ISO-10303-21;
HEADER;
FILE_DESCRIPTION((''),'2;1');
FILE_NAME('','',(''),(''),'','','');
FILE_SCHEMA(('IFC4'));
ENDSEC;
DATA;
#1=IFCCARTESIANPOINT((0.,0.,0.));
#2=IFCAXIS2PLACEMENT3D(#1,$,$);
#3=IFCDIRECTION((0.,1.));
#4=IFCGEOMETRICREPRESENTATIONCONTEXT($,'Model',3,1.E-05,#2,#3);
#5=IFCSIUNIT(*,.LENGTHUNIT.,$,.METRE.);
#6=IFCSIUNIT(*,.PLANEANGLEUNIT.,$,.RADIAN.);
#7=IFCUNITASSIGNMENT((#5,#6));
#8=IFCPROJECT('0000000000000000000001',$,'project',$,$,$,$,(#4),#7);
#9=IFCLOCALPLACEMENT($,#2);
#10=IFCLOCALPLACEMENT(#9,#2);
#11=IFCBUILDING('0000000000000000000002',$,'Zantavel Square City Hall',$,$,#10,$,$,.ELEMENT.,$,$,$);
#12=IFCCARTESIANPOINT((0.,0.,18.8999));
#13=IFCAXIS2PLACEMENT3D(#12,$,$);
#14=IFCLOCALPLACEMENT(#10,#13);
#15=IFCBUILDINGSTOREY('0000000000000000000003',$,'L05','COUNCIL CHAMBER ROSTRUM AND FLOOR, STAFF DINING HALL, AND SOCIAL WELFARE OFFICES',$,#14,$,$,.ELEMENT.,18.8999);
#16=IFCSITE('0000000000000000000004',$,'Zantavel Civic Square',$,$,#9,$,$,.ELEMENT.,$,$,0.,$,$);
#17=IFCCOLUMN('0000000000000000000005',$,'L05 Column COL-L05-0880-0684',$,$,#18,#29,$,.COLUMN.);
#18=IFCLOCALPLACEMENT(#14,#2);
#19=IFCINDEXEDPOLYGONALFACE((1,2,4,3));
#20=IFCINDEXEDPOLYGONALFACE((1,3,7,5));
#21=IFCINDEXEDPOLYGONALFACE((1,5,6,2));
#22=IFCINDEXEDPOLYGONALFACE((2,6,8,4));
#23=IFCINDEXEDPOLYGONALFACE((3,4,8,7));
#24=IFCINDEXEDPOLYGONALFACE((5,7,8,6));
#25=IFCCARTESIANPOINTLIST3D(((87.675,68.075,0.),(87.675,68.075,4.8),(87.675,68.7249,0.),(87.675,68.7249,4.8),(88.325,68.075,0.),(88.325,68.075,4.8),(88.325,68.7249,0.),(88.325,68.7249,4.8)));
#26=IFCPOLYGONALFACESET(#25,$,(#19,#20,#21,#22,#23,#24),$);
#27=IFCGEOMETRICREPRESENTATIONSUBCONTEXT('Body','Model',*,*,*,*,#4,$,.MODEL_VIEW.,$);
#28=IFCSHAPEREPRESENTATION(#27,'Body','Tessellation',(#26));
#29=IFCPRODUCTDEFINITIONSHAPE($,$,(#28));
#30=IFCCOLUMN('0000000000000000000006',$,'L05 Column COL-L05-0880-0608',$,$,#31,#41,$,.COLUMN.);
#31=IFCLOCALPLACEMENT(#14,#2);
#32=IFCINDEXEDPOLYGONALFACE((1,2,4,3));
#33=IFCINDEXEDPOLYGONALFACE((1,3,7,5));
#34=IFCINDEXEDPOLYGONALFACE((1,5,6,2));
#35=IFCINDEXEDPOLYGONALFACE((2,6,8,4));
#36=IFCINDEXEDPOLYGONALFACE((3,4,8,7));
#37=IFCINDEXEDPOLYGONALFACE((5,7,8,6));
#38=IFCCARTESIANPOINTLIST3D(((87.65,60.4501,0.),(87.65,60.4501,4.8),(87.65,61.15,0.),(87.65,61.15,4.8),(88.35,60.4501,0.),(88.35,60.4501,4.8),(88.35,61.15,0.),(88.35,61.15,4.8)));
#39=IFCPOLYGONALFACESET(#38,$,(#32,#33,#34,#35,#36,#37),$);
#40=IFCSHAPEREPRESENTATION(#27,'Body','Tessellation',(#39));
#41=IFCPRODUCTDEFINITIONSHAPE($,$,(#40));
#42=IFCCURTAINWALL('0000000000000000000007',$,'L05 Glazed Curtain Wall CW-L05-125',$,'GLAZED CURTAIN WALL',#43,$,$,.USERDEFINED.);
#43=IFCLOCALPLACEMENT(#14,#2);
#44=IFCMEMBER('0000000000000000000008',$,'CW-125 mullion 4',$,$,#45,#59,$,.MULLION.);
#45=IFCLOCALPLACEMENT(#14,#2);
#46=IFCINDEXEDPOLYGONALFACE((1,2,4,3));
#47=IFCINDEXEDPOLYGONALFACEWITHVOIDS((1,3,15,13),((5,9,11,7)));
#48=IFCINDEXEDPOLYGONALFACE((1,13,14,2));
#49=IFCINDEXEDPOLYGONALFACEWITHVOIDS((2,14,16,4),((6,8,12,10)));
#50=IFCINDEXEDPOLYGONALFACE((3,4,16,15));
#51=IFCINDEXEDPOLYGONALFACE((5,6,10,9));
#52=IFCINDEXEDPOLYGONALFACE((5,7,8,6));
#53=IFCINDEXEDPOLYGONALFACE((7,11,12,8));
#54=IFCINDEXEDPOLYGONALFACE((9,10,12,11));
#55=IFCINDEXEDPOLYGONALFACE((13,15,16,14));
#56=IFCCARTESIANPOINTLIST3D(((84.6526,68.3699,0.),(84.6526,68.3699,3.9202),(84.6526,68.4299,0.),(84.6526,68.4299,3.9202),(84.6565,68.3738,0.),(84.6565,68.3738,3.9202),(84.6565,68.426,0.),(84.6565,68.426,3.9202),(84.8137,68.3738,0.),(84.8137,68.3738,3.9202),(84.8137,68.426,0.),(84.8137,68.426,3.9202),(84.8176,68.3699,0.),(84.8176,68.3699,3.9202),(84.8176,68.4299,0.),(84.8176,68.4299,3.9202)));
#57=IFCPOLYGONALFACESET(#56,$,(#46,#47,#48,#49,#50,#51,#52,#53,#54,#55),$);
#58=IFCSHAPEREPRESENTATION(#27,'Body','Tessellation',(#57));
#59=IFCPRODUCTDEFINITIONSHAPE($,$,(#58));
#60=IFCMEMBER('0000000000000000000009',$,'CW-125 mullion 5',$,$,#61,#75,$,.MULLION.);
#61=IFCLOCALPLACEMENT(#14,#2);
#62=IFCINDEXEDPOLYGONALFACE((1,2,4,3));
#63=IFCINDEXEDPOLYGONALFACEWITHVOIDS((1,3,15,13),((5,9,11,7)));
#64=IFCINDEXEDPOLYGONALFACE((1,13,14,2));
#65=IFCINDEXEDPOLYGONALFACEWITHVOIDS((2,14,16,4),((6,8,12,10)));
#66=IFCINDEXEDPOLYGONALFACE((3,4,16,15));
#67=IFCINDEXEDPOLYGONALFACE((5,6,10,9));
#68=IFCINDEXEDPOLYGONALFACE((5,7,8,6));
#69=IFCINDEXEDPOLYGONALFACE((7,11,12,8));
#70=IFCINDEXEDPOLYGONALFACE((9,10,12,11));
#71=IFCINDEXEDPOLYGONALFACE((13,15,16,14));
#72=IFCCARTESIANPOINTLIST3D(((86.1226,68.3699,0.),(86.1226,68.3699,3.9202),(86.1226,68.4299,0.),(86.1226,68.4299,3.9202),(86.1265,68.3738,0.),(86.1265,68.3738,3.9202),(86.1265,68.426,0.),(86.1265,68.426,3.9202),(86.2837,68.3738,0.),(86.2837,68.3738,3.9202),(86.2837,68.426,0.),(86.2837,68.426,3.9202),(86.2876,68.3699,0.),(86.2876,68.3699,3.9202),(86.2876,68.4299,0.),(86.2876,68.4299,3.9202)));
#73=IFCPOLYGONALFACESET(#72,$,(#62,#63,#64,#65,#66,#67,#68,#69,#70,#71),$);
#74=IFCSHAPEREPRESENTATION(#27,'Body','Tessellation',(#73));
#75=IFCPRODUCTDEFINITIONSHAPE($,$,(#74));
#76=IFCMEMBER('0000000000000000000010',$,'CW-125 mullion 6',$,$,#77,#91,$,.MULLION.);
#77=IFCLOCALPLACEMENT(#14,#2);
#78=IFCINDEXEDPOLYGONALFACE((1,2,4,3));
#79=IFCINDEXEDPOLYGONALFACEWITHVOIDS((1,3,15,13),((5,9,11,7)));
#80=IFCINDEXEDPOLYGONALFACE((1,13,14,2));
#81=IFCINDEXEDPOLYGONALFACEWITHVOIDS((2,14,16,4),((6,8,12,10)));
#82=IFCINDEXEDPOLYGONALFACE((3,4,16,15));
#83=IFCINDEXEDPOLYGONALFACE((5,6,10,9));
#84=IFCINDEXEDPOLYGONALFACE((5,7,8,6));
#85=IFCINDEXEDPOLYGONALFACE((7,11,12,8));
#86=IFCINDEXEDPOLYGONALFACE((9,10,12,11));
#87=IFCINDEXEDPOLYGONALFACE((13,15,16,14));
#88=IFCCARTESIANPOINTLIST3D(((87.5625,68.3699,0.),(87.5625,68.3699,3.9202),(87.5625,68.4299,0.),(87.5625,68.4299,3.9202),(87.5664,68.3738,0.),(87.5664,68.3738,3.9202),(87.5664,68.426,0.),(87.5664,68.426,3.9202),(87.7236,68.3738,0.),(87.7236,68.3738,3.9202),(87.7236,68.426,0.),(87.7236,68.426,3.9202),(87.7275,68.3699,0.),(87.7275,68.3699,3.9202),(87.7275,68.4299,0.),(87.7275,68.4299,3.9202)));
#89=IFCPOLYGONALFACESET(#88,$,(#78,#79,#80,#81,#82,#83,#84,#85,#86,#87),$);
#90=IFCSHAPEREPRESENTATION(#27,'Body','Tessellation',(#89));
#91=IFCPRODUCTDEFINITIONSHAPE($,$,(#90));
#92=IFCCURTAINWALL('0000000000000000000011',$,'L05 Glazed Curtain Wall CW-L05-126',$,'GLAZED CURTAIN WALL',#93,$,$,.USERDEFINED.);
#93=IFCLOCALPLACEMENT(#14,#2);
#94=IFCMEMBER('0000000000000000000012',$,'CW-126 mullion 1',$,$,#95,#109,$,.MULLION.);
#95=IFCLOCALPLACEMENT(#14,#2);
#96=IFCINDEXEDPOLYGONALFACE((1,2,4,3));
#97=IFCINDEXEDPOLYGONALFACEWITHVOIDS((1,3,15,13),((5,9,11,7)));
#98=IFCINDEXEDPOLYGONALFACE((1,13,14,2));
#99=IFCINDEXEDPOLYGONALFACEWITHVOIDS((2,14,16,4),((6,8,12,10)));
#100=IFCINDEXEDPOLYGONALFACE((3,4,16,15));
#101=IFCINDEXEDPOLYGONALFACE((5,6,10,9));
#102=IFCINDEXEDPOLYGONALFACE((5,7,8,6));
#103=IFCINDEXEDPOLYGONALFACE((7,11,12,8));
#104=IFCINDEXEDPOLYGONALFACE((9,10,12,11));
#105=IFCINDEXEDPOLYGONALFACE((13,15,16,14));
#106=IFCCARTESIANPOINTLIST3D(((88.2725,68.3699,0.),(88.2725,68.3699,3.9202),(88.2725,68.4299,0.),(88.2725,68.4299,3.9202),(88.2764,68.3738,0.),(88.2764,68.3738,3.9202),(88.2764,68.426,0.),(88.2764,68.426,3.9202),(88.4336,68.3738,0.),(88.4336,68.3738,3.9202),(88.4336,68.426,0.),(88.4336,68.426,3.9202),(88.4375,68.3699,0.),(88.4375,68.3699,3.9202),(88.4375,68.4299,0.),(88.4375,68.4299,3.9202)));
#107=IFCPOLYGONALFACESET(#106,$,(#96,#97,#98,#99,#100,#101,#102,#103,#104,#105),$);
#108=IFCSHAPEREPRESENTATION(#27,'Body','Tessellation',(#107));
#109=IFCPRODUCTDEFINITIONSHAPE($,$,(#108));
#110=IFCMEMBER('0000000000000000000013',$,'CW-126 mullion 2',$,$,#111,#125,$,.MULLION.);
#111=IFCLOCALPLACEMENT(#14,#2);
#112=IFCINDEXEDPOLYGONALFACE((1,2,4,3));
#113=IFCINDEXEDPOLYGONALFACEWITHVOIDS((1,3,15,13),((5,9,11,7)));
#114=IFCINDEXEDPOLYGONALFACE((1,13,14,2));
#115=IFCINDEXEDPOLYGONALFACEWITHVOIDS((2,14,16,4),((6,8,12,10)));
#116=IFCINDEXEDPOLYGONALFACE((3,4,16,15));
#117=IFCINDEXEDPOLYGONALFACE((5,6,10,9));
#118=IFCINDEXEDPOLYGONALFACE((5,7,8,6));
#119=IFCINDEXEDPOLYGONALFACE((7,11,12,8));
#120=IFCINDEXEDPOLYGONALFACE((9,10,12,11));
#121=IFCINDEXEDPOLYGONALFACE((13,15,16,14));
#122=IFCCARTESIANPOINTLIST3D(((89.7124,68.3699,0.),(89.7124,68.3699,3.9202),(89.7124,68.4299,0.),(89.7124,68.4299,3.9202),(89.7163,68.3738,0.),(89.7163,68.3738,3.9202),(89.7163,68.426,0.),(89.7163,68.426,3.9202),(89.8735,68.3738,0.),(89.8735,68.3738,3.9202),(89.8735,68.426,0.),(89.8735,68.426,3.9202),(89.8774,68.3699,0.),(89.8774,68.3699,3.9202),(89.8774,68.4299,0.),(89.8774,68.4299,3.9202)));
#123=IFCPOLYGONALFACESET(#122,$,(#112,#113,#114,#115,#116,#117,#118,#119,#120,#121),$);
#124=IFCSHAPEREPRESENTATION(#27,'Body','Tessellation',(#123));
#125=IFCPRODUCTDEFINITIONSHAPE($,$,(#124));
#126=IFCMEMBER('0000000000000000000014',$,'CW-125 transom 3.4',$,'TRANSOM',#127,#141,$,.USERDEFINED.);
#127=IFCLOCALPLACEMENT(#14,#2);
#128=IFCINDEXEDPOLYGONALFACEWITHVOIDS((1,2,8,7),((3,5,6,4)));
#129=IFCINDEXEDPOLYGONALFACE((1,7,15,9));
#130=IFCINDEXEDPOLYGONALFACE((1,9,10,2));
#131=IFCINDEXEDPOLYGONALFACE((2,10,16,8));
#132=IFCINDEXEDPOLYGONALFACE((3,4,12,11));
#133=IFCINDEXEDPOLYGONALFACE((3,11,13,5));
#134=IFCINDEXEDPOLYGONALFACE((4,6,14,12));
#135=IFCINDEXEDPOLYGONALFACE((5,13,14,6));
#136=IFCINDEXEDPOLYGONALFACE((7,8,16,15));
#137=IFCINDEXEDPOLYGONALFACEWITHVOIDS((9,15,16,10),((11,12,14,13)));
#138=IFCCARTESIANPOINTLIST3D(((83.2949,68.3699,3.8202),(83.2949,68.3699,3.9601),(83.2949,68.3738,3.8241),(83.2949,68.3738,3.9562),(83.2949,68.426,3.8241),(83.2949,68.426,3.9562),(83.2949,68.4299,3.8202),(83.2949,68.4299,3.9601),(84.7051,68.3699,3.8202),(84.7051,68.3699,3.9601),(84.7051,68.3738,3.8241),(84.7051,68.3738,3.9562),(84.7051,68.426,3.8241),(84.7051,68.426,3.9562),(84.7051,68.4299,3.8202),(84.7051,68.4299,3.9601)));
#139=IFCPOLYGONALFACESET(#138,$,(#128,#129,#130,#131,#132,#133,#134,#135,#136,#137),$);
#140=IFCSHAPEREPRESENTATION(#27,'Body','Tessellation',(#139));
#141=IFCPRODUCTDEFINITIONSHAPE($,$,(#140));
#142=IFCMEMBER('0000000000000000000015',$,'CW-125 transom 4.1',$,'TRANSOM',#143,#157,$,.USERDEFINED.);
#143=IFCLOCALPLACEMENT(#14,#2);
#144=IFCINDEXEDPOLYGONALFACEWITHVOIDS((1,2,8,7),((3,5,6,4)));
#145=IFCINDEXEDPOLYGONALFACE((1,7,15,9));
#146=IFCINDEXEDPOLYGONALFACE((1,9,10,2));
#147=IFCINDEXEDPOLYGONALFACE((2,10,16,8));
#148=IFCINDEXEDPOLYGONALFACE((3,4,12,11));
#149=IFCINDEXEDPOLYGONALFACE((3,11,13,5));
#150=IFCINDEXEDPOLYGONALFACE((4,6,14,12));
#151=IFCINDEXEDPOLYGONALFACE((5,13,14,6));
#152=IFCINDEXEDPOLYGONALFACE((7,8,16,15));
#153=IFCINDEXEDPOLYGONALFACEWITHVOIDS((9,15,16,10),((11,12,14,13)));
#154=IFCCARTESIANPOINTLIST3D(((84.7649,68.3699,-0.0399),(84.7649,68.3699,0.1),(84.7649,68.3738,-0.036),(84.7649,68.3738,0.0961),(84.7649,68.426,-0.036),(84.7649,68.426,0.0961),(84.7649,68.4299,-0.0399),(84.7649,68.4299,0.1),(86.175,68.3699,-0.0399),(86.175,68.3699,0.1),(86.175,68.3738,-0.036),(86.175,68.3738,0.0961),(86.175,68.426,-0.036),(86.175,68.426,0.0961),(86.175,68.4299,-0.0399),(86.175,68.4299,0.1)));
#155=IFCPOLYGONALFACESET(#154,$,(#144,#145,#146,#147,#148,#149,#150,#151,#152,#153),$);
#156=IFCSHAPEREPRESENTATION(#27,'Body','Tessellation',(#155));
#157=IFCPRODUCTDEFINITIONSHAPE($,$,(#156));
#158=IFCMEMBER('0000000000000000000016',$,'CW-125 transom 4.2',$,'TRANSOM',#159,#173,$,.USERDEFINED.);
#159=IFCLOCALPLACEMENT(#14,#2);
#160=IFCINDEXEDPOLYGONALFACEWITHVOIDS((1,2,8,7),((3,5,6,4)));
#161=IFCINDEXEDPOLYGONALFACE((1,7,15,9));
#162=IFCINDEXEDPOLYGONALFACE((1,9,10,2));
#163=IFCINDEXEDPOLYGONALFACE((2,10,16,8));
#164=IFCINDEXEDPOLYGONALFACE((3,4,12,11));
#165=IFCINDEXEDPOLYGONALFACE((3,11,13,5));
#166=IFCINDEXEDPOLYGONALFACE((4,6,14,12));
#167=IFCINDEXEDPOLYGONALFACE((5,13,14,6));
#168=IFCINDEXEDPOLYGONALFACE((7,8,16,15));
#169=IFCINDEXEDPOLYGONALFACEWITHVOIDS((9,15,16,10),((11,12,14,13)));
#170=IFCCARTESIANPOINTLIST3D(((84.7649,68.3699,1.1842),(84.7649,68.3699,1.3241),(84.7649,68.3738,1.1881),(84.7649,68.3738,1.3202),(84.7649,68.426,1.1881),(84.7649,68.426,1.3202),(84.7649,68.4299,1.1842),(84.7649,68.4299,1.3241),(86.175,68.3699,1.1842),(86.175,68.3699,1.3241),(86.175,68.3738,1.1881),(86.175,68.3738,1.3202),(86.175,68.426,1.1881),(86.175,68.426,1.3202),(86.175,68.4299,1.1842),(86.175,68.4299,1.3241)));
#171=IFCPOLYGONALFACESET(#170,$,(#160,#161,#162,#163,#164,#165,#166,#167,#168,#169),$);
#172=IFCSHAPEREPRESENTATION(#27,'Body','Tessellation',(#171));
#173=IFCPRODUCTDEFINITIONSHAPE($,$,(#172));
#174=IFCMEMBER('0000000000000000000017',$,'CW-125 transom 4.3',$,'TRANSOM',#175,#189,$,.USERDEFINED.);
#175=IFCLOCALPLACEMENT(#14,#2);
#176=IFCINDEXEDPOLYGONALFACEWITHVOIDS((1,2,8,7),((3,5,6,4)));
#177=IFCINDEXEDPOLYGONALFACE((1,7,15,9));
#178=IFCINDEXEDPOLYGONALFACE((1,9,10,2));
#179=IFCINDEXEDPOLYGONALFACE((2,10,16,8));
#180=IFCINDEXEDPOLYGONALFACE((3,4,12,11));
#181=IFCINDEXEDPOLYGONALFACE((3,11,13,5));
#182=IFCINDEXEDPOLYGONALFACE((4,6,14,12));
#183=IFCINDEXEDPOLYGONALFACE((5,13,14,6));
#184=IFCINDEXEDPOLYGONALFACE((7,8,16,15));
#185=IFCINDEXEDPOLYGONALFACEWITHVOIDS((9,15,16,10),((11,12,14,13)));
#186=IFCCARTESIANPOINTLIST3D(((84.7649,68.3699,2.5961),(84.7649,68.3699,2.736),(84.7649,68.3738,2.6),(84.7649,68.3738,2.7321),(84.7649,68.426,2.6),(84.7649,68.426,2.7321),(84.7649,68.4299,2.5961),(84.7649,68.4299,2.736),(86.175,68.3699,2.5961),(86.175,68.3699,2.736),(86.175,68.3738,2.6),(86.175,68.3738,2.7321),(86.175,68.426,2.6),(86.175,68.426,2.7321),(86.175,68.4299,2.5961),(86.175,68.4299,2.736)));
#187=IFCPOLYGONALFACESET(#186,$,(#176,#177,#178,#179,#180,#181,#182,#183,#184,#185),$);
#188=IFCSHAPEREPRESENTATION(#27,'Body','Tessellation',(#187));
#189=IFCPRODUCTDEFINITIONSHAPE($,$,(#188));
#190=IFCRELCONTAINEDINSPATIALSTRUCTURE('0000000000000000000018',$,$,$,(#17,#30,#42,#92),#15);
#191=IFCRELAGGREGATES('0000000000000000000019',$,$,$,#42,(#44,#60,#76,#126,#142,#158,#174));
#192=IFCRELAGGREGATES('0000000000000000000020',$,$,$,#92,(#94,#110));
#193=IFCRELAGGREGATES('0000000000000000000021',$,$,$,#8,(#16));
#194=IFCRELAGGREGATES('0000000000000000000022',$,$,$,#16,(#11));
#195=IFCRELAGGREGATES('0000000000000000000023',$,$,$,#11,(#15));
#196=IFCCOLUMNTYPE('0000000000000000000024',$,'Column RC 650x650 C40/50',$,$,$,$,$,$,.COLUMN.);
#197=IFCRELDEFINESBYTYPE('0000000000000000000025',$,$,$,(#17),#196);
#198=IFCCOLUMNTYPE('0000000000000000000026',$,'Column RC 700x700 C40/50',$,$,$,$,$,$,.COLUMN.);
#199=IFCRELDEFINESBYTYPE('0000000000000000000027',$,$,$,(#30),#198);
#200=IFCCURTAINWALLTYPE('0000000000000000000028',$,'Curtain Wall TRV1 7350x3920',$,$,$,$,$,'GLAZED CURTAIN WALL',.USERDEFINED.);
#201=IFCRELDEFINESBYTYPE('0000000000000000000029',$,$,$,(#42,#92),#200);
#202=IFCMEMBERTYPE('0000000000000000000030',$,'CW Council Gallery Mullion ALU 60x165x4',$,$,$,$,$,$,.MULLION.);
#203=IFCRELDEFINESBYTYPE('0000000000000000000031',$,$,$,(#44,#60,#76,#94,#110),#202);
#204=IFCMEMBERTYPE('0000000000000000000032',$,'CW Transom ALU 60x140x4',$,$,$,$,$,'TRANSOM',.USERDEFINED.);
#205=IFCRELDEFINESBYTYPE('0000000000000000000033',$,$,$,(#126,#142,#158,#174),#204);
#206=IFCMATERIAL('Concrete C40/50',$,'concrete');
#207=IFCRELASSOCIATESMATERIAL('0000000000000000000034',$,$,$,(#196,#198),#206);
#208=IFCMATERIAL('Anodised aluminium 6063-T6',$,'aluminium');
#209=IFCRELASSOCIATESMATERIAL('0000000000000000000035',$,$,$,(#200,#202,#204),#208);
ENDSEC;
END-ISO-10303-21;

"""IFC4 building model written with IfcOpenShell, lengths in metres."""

from ifc_helpers import new_model, si_unit, direction, frame, origin, origin_2d, place, context, subcontext, project, spatial, rectangle, hollow_rectangle, extrude, material, material_profile, profile_set, type_object, element, aggregate, save


model = new_model("IFC4")

# Units and contexts
model_context = context("Model", 3, precision=1e-05, world=origin(), true_north=direction((0.0, 1.0)))
body_context = subcontext(model_context, "Body", "Model", "MODEL_VIEW")
ifc_project = project(units=[si_unit("LENGTHUNIT", "METRE"), si_unit("PLANEANGLEUNIT", "RADIAN")], contexts=[model_context])

# Site, building, storey
site_placement = place(None, origin())
site = spatial("IfcSite", under=ifc_project, at=site_placement, Name="Zantavel Civic Square", CompositionType="ELEMENT", RefElevation=0.0)
building_placement = place(site_placement, origin())
building = spatial("IfcBuilding", under=site, at=building_placement, Name="Zantavel Square City Hall", CompositionType="ELEMENT")
storey_placement = place(building_placement, frame((0.0, 0.0, 18.8999)))
storey = spatial("IfcBuildingStorey", under=building, at=storey_placement, Name="L05", Description="COUNCIL CHAMBER ROSTRUM AND FLOOR, STAFF DINING HALL, AND SOCIAL WELFARE OFFICES", CompositionType="ELEMENT", Elevation=18.8999)

# Columns
ifc_material_1 = material(Name="Concrete C40/50", Category="concrete")
ifc_material_profile_1 = material_profile(ifc_material_1, rectangle(XDim=0.6499, YDim=0.6499, at=origin_2d()), Name="RC 650x650")
ifc_profile_set_1 = profile_set([ifc_material_profile_1], Name="Concrete C40/50")
column_type_1 = type_object("IfcColumnType", Name="Column RC 650x650 C40/50", PredefinedType="COLUMN", material=ifc_profile_set_1)
column_1_placement = place(storey_placement, frame((88.0, 68.3999, 0.0), z_axis=(0.0, 0.0, 1.0), x_axis=(1.0, 0.0, 0.0)))
element("IfcColumn", 1, at=column_1_placement, inside=storey, type_object=column_type_1, Name="L05 Column COL-L05-0880-0684", PredefinedType="COLUMN", context=body_context, shape_type="SweptSolid", body=[
    extrude(rectangle(XDim=0.6499, YDim=0.6499, at=origin_2d()), origin(), (0.0, 0.0, 1.0), 4.8),
])
ifc_material_profile_2 = material_profile(ifc_material_1, rectangle(XDim=0.7, YDim=0.7, at=origin_2d()), Name="RC 700x700")
ifc_profile_set_2 = profile_set([ifc_material_profile_2], Name="Concrete C40/50")
column_type_2 = type_object("IfcColumnType", Name="Column RC 700x700 C40/50", PredefinedType="COLUMN", material=ifc_profile_set_2)
column_2_placement = place(storey_placement, frame((88.0, 60.8, 0.0), z_axis=(0.0, 0.0, 1.0), x_axis=(1.0, 0.0, 0.0)))
element("IfcColumn", 2, at=column_2_placement, inside=storey, type_object=column_type_2, Name="L05 Column COL-L05-0880-0608", PredefinedType="COLUMN", context=body_context, shape_type="SweptSolid", body=[
    extrude(rectangle(XDim=0.7, YDim=0.7, at=origin_2d()), origin(), (0.0, 0.0, 1.0), 4.8),
])

# Curtain walls, members
ifc_material_2 = material(Name="Anodised aluminium 6063-T6", Category="aluminium")
curtain_wall_type = type_object("IfcCurtainWallType", Name="Curtain Wall TRV1 7350x3920", ElementType="GLAZED CURTAIN WALL", PredefinedType="USERDEFINED", material=ifc_material_2)
curtain_wall_1_placement = place(storey_placement, origin())
curtain_wall_1 = element("IfcCurtainWall", 3, at=curtain_wall_1_placement, inside=storey, type_object=curtain_wall_type, Name="L05 Glazed Curtain Wall CW-L05-125", ObjectType="GLAZED CURTAIN WALL", PredefinedType="USERDEFINED")
ifc_material_profile_3 = material_profile(ifc_material_2, hollow_rectangle(XDim=0.0601, YDim=0.165, WallThickness=0.0039, at=origin_2d()), Name="ALU 60x165x4")
ifc_profile_set_3 = profile_set([ifc_material_profile_3], Name="Anodised aluminium 6063-T6")
member_type_1 = type_object("IfcMemberType", Name="CW Council Gallery Mullion ALU 60x165x4", PredefinedType="MULLION", material=ifc_profile_set_3)
member_1_placement = place(storey_placement, frame((84.7351, 68.3999, 0.0), z_axis=(0.0, 0.0, 1.0), x_axis=(0.0, 1.0, 0.0)))
member_1 = element("IfcMember", 4, at=member_1_placement, type_object=member_type_1, Name="CW-125 mullion 4", PredefinedType="MULLION", context=body_context, shape_type="SweptSolid", body=[
    extrude(hollow_rectangle(XDim=0.0601, YDim=0.165, WallThickness=0.0039, at=origin_2d()), origin(), (0.0, 0.0, 1.0), 3.9202),
])
member_2_placement = place(storey_placement, frame((86.2051, 68.3999, 0.0), z_axis=(0.0, 0.0, 1.0), x_axis=(0.0, 1.0, 0.0)))
member_2 = element("IfcMember", 5, at=member_2_placement, type_object=member_type_1, Name="CW-125 mullion 5", PredefinedType="MULLION", context=body_context, shape_type="SweptSolid", body=[
    extrude(hollow_rectangle(XDim=0.0601, YDim=0.165, WallThickness=0.0039, at=origin_2d()), origin(), (0.0, 0.0, 1.0), 3.9202),
])
member_3_placement = place(storey_placement, frame((87.645, 68.3999, 0.0), z_axis=(0.0, 0.0, 1.0), x_axis=(0.0, 1.0, 0.0)))
member_3 = element("IfcMember", 6, at=member_3_placement, type_object=member_type_1, Name="CW-125 mullion 6", PredefinedType="MULLION", context=body_context, shape_type="SweptSolid", body=[
    extrude(hollow_rectangle(XDim=0.0601, YDim=0.165, WallThickness=0.0039, at=origin_2d()), origin(), (0.0, 0.0, 1.0), 3.9202),
])
curtain_wall_2_placement = place(storey_placement, origin())
curtain_wall_2 = element("IfcCurtainWall", 7, at=curtain_wall_2_placement, inside=storey, type_object=curtain_wall_type, Name="L05 Glazed Curtain Wall CW-L05-126", ObjectType="GLAZED CURTAIN WALL", PredefinedType="USERDEFINED")
member_4_placement = place(storey_placement, frame((88.355, 68.3999, 0.0), z_axis=(0.0, 0.0, 1.0), x_axis=(0.0, 1.0, 0.0)))
member_4 = element("IfcMember", 8, at=member_4_placement, type_object=member_type_1, Name="CW-126 mullion 1", PredefinedType="MULLION", context=body_context, shape_type="SweptSolid", body=[
    extrude(hollow_rectangle(XDim=0.0601, YDim=0.165, WallThickness=0.0039, at=origin_2d()), origin(), (0.0, 0.0, 1.0), 3.9202),
])
member_5_placement = place(storey_placement, frame((89.7949, 68.3999, 0.0), z_axis=(0.0, 0.0, 1.0), x_axis=(0.0, 1.0, 0.0)))
member_5 = element("IfcMember", 9, at=member_5_placement, type_object=member_type_1, Name="CW-126 mullion 2", PredefinedType="MULLION", context=body_context, shape_type="SweptSolid", body=[
    extrude(hollow_rectangle(XDim=0.0601, YDim=0.165, WallThickness=0.0039, at=origin_2d()), origin(), (0.0, 0.0, 1.0), 3.9202),
])

# Members
ifc_material_profile_4 = material_profile(ifc_material_2, hollow_rectangle(XDim=0.0601, YDim=0.1399, WallThickness=0.0039, at=origin_2d()), Name="ALU 60x140x4")
ifc_profile_set_4 = profile_set([ifc_material_profile_4], Name="Anodised aluminium 6063-T6")
member_type_2 = type_object("IfcMemberType", Name="CW Transom ALU 60x140x4", ElementType="TRANSOM", PredefinedType="USERDEFINED", material=ifc_profile_set_4)
member_6_placement = place(storey_placement, frame((83.2949, 68.3999, 3.8901), z_axis=(1.0, 0.0, 0.0), x_axis=(0.0, 1.0, 0.0)))
member_6 = element("IfcMember", 10, at=member_6_placement, type_object=member_type_2, Name="CW-125 transom 3.4", ObjectType="TRANSOM", PredefinedType="USERDEFINED", context=body_context, shape_type="SweptSolid", body=[
    extrude(hollow_rectangle(XDim=0.0601, YDim=0.1399, WallThickness=0.0039, at=origin_2d()), origin(), (0.0, 0.0, 1.0), 1.4102),
])
member_7_placement = place(storey_placement, frame((84.7649, 68.3999, 0.03), z_axis=(1.0, 0.0, 0.0), x_axis=(0.0, 1.0, 0.0)))
member_7 = element("IfcMember", 11, at=member_7_placement, type_object=member_type_2, Name="CW-125 transom 4.1", ObjectType="TRANSOM", PredefinedType="USERDEFINED", context=body_context, shape_type="SweptSolid", body=[
    extrude(hollow_rectangle(XDim=0.0601, YDim=0.1399, WallThickness=0.0039, at=origin_2d()), origin(), (0.0, 0.0, 1.0), 1.4102),
])
member_8_placement = place(storey_placement, frame((84.7649, 68.3999, 1.2542), z_axis=(1.0, 0.0, 0.0), x_axis=(0.0, 1.0, 0.0)))
member_8 = element("IfcMember", 12, at=member_8_placement, type_object=member_type_2, Name="CW-125 transom 4.2", ObjectType="TRANSOM", PredefinedType="USERDEFINED", context=body_context, shape_type="SweptSolid", body=[
    extrude(hollow_rectangle(XDim=0.0601, YDim=0.1399, WallThickness=0.0039, at=origin_2d()), origin(), (0.0, 0.0, 1.0), 1.4102),
])
member_9_placement = place(storey_placement, frame((84.7649, 68.3999, 2.666), z_axis=(1.0, 0.0, 0.0), x_axis=(0.0, 1.0, 0.0)))
member_9 = element("IfcMember", 13, at=member_9_placement, type_object=member_type_2, Name="CW-125 transom 4.3", ObjectType="TRANSOM", PredefinedType="USERDEFINED", context=body_context, shape_type="SweptSolid", body=[
    extrude(hollow_rectangle(XDim=0.0601, YDim=0.1399, WallThickness=0.0039, at=origin_2d()), origin(), (0.0, 0.0, 1.0), 1.4102),
])

aggregate(curtain_wall_1, [member_1, member_2, member_3, member_6, member_7, member_8, member_9])
aggregate(curtain_wall_2, [member_4, member_5])

save(model, "model.ifc")
